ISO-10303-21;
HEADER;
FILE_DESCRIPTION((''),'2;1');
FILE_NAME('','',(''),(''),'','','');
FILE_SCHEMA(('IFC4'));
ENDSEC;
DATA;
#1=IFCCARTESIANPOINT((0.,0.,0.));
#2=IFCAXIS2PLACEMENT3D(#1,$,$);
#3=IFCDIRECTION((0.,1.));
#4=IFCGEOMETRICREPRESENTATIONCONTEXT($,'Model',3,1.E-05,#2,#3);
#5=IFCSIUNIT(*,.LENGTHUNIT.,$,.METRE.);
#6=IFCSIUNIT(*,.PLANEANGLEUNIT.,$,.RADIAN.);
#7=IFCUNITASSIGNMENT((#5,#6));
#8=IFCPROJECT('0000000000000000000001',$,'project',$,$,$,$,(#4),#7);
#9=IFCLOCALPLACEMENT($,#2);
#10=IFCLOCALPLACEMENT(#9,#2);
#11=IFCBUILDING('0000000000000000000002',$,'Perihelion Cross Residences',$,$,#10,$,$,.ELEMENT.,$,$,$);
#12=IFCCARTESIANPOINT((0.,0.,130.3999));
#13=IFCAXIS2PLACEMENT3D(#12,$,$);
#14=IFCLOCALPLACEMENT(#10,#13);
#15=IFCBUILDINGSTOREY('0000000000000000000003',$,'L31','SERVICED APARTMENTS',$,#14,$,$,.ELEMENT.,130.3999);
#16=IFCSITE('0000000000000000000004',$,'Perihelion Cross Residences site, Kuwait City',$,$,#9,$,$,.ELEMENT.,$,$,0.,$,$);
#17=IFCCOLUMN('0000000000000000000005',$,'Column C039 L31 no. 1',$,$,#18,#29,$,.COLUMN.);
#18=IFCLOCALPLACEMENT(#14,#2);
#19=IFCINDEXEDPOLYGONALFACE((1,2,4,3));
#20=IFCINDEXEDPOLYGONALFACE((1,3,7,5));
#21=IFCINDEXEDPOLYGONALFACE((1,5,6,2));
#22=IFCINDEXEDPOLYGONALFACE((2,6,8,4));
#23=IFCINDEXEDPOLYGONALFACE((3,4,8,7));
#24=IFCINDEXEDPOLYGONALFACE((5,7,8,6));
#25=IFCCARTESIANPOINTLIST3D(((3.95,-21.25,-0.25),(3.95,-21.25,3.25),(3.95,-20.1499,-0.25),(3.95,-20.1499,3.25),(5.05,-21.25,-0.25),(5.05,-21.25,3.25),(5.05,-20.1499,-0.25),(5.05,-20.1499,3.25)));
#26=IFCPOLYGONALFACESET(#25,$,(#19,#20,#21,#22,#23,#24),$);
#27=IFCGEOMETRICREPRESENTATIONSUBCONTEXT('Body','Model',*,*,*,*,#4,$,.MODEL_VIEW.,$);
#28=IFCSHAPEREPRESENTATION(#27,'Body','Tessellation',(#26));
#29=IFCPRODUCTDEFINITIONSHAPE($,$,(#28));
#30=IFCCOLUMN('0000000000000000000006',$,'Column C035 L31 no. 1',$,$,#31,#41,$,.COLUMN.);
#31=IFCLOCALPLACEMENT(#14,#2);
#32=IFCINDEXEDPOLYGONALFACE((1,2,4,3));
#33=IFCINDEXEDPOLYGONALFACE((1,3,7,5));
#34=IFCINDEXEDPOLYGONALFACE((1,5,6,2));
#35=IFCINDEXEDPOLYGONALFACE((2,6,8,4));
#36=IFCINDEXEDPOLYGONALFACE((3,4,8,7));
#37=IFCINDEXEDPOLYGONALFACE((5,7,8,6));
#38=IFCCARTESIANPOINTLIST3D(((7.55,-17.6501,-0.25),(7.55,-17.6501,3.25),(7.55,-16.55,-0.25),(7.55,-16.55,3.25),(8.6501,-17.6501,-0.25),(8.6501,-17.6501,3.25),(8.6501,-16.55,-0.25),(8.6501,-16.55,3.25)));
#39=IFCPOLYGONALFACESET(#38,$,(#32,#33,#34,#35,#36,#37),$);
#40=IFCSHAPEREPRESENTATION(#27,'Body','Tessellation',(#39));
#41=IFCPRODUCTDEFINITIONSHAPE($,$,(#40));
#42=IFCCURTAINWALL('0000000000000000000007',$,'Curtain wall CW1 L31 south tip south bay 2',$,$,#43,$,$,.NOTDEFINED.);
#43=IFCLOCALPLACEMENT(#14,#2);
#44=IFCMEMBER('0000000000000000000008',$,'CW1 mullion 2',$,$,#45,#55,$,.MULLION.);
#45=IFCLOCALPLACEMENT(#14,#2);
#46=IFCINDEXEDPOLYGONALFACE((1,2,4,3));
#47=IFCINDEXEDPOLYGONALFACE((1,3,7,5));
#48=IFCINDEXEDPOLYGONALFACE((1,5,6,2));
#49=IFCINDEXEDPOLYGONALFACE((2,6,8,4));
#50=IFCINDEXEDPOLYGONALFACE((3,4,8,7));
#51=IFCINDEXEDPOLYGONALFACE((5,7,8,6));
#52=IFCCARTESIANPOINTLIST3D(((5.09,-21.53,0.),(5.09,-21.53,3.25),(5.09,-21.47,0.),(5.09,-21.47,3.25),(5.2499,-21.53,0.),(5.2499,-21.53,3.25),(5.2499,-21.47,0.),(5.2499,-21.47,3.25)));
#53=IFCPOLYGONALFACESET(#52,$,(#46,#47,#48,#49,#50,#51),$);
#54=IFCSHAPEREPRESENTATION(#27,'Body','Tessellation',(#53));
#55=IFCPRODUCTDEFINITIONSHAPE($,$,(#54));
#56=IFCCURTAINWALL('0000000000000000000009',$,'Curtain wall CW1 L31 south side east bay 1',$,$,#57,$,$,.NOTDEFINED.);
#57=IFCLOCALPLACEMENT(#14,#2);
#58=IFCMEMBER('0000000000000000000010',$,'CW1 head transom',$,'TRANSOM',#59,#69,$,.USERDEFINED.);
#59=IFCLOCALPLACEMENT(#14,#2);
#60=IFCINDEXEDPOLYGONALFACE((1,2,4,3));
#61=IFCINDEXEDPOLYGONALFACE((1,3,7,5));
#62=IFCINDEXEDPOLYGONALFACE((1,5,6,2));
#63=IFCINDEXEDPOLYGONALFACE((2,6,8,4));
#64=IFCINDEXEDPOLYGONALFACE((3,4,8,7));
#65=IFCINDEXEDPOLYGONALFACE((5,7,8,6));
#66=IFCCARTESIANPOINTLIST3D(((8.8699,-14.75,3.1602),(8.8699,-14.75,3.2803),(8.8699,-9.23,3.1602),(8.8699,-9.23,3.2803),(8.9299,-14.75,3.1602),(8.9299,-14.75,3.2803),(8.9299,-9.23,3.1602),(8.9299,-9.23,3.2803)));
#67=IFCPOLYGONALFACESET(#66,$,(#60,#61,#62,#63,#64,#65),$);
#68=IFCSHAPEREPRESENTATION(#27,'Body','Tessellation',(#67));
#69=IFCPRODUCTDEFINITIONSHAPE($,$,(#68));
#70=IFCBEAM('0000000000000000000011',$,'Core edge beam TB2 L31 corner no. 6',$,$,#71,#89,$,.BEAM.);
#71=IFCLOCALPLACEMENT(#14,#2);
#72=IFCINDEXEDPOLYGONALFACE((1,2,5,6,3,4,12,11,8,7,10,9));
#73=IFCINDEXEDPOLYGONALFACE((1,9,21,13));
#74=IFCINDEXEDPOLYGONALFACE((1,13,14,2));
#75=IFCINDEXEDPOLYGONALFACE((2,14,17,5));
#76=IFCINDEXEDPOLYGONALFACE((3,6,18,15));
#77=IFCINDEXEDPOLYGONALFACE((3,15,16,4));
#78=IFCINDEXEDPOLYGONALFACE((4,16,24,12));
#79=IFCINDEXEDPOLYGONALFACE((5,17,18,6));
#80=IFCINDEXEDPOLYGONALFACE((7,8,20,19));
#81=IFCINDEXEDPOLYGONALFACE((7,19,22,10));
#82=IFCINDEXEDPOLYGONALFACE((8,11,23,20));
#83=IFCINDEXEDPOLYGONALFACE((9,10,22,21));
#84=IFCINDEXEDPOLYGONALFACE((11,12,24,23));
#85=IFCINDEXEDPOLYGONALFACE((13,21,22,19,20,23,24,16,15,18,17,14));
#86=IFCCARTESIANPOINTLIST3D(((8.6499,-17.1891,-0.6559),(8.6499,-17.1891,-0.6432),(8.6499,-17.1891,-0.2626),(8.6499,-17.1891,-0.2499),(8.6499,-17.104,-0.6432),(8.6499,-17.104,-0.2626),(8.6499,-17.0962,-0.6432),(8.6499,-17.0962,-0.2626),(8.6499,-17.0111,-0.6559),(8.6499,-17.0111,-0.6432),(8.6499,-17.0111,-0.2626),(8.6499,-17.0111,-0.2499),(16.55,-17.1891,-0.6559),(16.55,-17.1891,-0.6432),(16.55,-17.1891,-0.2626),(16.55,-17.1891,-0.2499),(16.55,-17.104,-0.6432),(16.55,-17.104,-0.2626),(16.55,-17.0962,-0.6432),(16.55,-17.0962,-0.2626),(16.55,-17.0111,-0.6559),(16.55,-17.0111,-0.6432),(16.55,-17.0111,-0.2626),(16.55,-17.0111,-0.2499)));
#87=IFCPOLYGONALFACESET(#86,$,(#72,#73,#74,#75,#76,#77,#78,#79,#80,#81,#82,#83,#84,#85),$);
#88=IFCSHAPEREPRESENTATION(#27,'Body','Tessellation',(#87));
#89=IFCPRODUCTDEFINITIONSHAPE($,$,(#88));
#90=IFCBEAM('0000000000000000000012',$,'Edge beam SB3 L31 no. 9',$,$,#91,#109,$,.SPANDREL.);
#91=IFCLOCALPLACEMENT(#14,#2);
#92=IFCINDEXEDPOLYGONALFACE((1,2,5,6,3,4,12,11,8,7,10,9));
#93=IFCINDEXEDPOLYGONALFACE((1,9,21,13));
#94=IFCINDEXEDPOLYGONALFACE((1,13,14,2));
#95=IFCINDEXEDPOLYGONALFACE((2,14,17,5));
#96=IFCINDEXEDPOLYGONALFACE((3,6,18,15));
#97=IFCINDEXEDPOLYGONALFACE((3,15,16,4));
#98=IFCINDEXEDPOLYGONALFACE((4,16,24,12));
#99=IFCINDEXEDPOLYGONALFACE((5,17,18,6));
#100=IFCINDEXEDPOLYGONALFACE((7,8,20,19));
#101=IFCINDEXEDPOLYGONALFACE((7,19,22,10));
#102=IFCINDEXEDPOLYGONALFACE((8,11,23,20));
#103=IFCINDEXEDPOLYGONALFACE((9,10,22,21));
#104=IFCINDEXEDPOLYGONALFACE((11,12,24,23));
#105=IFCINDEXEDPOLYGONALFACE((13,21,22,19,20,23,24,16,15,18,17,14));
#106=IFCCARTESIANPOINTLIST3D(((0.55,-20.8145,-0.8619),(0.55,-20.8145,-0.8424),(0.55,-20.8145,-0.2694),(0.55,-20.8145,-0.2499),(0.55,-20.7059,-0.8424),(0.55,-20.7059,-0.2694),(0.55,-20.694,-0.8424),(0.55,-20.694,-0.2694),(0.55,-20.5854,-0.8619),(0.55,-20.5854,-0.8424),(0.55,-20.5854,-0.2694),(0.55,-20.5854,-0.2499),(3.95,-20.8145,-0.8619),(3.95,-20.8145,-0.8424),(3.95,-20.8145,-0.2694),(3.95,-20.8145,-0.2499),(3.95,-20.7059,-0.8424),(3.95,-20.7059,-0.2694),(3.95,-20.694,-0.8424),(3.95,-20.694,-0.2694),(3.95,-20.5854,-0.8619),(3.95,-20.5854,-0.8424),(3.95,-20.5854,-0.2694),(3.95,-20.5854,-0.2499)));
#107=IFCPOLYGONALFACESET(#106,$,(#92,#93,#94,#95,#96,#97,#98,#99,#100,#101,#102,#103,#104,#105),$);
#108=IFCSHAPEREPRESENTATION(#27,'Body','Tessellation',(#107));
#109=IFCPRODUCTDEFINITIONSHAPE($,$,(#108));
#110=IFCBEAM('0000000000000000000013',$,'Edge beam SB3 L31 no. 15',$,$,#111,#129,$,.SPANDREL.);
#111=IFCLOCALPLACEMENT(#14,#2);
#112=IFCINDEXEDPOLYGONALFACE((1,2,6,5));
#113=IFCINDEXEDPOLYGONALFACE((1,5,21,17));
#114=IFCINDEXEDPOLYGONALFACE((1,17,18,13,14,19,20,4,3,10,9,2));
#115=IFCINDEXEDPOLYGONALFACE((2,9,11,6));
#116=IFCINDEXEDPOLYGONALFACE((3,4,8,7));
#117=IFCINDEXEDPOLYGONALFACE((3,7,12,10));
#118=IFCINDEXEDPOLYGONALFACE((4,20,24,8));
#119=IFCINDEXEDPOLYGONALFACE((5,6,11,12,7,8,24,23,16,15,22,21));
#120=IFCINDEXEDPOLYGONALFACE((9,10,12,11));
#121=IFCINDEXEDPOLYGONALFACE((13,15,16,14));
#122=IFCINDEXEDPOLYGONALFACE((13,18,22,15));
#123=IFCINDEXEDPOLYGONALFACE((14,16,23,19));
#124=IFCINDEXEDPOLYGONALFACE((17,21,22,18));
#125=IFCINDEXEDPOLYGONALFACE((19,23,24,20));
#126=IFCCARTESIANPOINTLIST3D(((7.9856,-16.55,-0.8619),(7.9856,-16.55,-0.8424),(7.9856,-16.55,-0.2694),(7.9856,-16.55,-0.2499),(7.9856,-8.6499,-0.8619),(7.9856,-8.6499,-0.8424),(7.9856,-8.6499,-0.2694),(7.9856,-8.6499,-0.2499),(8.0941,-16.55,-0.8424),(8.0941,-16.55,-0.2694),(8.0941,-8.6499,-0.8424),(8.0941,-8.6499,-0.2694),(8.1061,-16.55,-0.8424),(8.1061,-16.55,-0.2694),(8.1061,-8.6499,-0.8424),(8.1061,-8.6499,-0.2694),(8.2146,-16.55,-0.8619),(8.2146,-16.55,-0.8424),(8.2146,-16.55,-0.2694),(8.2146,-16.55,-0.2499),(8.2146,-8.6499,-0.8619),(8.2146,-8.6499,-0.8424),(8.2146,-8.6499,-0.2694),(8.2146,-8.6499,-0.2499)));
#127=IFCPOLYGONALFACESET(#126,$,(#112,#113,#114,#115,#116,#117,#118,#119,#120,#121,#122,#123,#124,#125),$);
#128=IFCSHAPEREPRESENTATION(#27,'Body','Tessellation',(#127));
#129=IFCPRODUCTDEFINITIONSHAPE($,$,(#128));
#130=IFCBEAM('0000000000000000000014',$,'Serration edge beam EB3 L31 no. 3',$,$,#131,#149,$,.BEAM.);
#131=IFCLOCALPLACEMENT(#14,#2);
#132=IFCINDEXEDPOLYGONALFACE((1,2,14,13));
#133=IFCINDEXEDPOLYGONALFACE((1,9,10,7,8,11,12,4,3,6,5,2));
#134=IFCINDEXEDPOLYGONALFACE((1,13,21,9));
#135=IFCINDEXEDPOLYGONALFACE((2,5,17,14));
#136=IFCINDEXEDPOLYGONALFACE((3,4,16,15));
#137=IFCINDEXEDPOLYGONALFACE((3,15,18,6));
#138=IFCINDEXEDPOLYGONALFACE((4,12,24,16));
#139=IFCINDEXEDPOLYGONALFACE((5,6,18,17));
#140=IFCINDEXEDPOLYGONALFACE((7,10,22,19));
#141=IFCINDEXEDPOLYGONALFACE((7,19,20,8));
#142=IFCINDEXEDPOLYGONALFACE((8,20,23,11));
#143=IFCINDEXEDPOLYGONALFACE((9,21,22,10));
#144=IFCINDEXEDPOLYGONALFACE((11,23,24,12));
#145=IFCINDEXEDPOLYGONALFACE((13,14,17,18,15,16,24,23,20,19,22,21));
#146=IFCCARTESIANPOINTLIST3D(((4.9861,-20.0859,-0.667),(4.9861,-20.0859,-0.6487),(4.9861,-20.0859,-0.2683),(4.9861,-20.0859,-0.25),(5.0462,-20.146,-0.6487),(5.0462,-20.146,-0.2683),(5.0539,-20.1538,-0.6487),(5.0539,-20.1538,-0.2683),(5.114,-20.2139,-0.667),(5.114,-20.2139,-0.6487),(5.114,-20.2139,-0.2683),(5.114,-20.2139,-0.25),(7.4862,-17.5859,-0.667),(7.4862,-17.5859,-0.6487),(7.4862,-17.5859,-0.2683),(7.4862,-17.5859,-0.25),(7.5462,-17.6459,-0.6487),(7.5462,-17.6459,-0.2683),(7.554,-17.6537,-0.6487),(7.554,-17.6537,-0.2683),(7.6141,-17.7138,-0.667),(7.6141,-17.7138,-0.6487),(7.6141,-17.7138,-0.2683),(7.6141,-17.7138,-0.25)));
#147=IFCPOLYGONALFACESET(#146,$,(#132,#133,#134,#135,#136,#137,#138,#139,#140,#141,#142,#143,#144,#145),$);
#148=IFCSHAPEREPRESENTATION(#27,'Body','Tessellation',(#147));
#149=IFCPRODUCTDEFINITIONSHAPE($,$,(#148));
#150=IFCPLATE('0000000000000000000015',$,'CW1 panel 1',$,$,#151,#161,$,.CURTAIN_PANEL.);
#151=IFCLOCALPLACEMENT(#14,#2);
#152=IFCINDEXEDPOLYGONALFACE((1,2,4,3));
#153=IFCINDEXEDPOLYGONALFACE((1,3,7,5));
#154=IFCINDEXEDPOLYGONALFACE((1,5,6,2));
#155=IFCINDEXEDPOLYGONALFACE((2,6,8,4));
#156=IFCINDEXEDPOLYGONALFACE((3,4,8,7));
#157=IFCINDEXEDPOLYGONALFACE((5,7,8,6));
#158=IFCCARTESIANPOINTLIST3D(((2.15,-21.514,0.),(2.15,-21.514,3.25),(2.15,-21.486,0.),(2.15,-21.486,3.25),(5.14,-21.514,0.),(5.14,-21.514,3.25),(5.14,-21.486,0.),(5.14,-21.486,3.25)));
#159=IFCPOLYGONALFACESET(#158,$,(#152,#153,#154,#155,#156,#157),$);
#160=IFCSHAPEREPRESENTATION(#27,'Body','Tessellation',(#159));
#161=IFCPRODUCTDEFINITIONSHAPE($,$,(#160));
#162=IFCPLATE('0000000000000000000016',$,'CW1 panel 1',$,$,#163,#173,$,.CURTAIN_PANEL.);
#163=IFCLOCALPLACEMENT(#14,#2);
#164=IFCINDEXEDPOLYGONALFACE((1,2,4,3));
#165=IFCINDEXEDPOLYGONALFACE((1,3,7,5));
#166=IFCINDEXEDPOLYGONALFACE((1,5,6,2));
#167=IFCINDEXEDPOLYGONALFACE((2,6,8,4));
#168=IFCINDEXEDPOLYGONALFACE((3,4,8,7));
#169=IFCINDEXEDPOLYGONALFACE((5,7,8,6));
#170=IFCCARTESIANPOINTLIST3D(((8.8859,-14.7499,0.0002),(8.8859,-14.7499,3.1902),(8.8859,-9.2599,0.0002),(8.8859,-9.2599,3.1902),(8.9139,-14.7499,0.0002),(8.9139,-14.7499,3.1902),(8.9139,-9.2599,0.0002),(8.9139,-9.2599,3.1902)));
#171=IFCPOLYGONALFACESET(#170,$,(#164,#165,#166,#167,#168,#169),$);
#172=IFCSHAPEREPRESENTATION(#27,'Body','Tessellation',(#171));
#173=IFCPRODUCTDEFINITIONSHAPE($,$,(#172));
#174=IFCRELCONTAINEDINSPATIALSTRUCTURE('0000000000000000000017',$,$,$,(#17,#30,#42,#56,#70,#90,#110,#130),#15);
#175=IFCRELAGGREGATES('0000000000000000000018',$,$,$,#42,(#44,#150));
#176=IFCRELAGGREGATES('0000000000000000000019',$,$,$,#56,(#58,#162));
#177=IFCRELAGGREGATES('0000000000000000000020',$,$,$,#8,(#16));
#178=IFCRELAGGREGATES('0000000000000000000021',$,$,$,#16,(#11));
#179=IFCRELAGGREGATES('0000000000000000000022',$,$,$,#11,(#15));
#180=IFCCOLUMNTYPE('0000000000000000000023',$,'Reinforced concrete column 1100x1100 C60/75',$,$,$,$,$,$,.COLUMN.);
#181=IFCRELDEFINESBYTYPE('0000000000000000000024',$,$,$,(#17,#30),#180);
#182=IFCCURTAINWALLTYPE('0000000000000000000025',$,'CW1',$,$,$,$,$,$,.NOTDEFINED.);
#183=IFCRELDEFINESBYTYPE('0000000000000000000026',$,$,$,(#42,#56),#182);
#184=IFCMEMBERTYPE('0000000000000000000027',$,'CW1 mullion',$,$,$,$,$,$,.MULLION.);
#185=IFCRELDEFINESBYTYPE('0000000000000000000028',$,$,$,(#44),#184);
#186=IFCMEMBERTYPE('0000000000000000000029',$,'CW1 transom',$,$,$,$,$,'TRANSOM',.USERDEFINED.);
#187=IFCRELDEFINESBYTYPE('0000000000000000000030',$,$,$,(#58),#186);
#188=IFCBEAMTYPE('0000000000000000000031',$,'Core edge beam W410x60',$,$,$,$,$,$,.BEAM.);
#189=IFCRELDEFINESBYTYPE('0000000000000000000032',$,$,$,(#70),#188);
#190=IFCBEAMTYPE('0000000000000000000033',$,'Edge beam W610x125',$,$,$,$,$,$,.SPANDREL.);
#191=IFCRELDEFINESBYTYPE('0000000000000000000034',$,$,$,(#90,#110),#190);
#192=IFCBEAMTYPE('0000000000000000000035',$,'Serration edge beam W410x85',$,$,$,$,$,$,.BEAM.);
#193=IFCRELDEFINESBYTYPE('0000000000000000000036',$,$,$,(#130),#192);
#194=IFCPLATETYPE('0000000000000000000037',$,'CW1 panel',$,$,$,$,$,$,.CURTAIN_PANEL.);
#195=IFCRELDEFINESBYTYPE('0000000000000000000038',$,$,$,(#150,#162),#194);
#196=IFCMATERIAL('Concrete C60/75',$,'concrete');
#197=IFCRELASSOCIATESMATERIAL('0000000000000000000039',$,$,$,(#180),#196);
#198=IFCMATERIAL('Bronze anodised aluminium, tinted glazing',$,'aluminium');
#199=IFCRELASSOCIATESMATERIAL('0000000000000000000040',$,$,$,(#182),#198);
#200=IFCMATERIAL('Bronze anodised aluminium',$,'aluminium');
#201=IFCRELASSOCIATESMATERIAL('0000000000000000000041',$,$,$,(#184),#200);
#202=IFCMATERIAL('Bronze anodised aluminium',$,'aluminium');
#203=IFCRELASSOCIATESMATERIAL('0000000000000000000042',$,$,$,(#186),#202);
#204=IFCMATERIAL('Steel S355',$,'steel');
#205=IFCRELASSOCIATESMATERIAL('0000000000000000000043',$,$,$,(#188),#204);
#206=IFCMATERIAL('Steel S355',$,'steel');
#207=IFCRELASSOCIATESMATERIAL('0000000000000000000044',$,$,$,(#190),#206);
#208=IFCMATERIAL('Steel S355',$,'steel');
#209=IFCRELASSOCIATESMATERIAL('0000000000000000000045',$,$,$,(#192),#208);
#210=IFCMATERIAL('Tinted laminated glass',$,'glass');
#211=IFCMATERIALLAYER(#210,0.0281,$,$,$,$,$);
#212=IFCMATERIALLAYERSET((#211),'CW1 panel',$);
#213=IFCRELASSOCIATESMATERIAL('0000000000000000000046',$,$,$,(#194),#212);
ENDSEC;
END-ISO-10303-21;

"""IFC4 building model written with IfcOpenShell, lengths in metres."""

from ifc_helpers import new_model, si_unit, direction, frame, origin, origin_2d, place, context, subcontext, project, spatial, rectangle, i_section, extrude, material, layer, layer_set, material_profile, profile_set, type_object, element, aggregate, save


model = new_model("IFC4")

# Units and contexts
model_context = context("Model", 3, precision=1e-05, world=origin(), true_north=direction((0.0, 1.0)))
body_context = subcontext(model_context, "Body", "Model", "MODEL_VIEW")
ifc_project = project(units=[si_unit("LENGTHUNIT", "METRE"), si_unit("PLANEANGLEUNIT", "RADIAN")], contexts=[model_context])

# Site, building, storey
site_placement = place(None, origin())
site = spatial("IfcSite", under=ifc_project, at=site_placement, Name="Perihelion Cross Residences site, Kuwait City", CompositionType="ELEMENT", RefElevation=0.0)
building_placement = place(site_placement, origin())
building = spatial("IfcBuilding", under=site, at=building_placement, Name="Perihelion Cross Residences", CompositionType="ELEMENT")
storey_placement = place(building_placement, frame((0.0, 0.0, 130.3999)))
storey = spatial("IfcBuildingStorey", under=building, at=storey_placement, Name="L31", Description="SERVICED APARTMENTS", CompositionType="ELEMENT", Elevation=130.3999)

# Columns
ifc_material_1 = material(Name="Concrete C60/75", Category="concrete")
ifc_material_profile_1 = material_profile(ifc_material_1, rectangle(XDim=1.1001, YDim=1.1001, at=origin_2d()), Name="RC 1100x1100")
ifc_profile_set_1 = profile_set([ifc_material_profile_1], Name="Concrete C60/75")
column_type = type_object("IfcColumnType", Name="Reinforced concrete column 1100x1100 C60/75", PredefinedType="COLUMN", material=ifc_profile_set_1)
for number, where, z_axis, x_axis, name in (
    (1, (4.5, -20.7, -0.25), (0.0, 0.0, 1.0), (1.0, 0.0, 0.0), "Column C039 L31 no. 1"),
    (2, (8.1001, -17.1001, -0.25), (0.0, 0.0, 1.0), (1.0, 0.0, 0.0), "Column C035 L31 no. 1"),
):
    element("IfcColumn", number, at=place(storey_placement, frame(where, z_axis=z_axis, x_axis=x_axis)), inside=storey, type_object=column_type, Name=name, PredefinedType="COLUMN", context=body_context, shape_type="SweptSolid", body=[
        extrude(rectangle(XDim=1.1001, YDim=1.1001, at=origin_2d()), origin(), (0.0, 0.0, 1.0), 3.5),
    ])

# Curtain walls, members
ifc_material_2 = material(Name="Bronze anodised aluminium, tinted glazing", Category="aluminium")
curtain_wall_type = type_object("IfcCurtainWallType", Name="CW1", PredefinedType="NOTDEFINED", material=ifc_material_2)
curtain_wall_1_placement = place(storey_placement, origin())
curtain_wall_1 = element("IfcCurtainWall", 3, at=curtain_wall_1_placement, inside=storey, type_object=curtain_wall_type, Name="Curtain wall CW1 L31 south tip south bay 2", PredefinedType="NOTDEFINED")
ifc_material_3 = material(Name="Bronze anodised aluminium", Category="aluminium")
ifc_material_profile_2 = material_profile(ifc_material_3, rectangle(XDim=0.0601, YDim=0.1599, at=origin_2d()), Name="CW1 mullion")
ifc_profile_set_2 = profile_set([ifc_material_profile_2], Name="Bronze anodised aluminium")
member_type_1 = type_object("IfcMemberType", Name="CW1 mullion", PredefinedType="MULLION", material=ifc_profile_set_2)
member_1_placement = place(storey_placement, frame((5.1699, -21.5, 0.0), z_axis=(0.0, 0.0, 1.0), x_axis=(0.0, 1.0, 0.0)))
member_1 = element("IfcMember", 4, at=member_1_placement, type_object=member_type_1, Name="CW1 mullion 2", PredefinedType="MULLION", context=body_context, shape_type="SweptSolid", body=[
    extrude(rectangle(XDim=0.0601, YDim=0.1599, at=origin_2d()), origin(), (0.0, 0.0, 1.0), 3.25),
])
curtain_wall_2_placement = place(storey_placement, origin())
curtain_wall_2 = element("IfcCurtainWall", 5, at=curtain_wall_2_placement, inside=storey, type_object=curtain_wall_type, Name="Curtain wall CW1 L31 south side east bay 1", PredefinedType="NOTDEFINED")
ifc_material_4 = material(Name="Bronze anodised aluminium", Category="aluminium")
ifc_material_profile_3 = material_profile(ifc_material_4, rectangle(XDim=0.0601, YDim=0.1201, at=origin_2d()), Name="CW1 transom")
ifc_profile_set_3 = profile_set([ifc_material_profile_3], Name="Bronze anodised aluminium")
member_type_2 = type_object("IfcMemberType", Name="CW1 transom", ElementType="TRANSOM", PredefinedType="USERDEFINED", material=ifc_profile_set_3)
member_2_placement = place(storey_placement, frame((8.8999, -14.75, 3.2202), z_axis=(0.0, 1.0, 0.0), x_axis=(-1.0, 0.0, 0.0)))
member_2 = element("IfcMember", 6, at=member_2_placement, type_object=member_type_2, Name="CW1 head transom", ObjectType="TRANSOM", PredefinedType="USERDEFINED", context=body_context, shape_type="SweptSolid", body=[
    extrude(rectangle(XDim=0.0601, YDim=0.1201, at=origin_2d()), origin(), (0.0, 0.0, 1.0), 5.52),
])

# Beams
ifc_material_5 = material(Name="Steel S355", Category="steel")
ifc_material_profile_4 = material_profile(ifc_material_5, i_section(OverallWidth=0.178, OverallDepth=0.406, WebThickness=0.0078, FlangeThickness=0.0127, at=origin_2d()), Name="W410x60")
ifc_profile_set_4 = profile_set([ifc_material_profile_4], Name="Steel S355")
beam_type_1 = type_object("IfcBeamType", Name="Core edge beam W410x60", PredefinedType="BEAM", material=ifc_profile_set_4)
beam_1_placement = place(storey_placement, frame((8.6499, -17.1001, -0.4529), z_axis=(1.0, 0.0, 0.0), x_axis=(0.0, 1.0, 0.0)))
element("IfcBeam", 7, at=beam_1_placement, inside=storey, type_object=beam_type_1, Name="Core edge beam TB2 L31 corner no. 6", PredefinedType="BEAM", context=body_context, shape_type="SweptSolid", body=[
    extrude(i_section(OverallWidth=0.178, OverallDepth=0.406, WebThickness=0.0078, FlangeThickness=0.0127, at=origin_2d()), origin(), (0.0, 0.0, 1.0), 7.9001),
])
ifc_material_6 = material(Name="Steel S355", Category="steel")
ifc_material_profile_5 = material_profile(ifc_material_6, i_section(OverallWidth=0.229, OverallDepth=0.6121, WebThickness=0.012, FlangeThickness=0.0195, at=origin_2d()), Name="W610x125")
ifc_profile_set_5 = profile_set([ifc_material_profile_5], Name="Steel S355")
beam_type_2 = type_object("IfcBeamType", Name="Edge beam W610x125", PredefinedType="SPANDREL", material=ifc_profile_set_5)
beam_2_placement = place(storey_placement, frame((0.55, -20.7, -0.5559), z_axis=(1.0, 0.0, 0.0), x_axis=(0.0, 1.0, 0.0)))
element("IfcBeam", 8, at=beam_2_placement, inside=storey, type_object=beam_type_2, Name="Edge beam SB3 L31 no. 9", PredefinedType="SPANDREL", context=body_context, shape_type="SweptSolid", body=[
    extrude(i_section(OverallWidth=0.229, OverallDepth=0.6121, WebThickness=0.012, FlangeThickness=0.0195, at=origin_2d()), origin(), (0.0, 0.0, 1.0), 3.3999),
])
beam_3_placement = place(storey_placement, frame((8.1001, -16.55, -0.5559), z_axis=(0.0, 1.0, 0.0), x_axis=(-1.0, 0.0, 0.0)))
element("IfcBeam", 9, at=beam_3_placement, inside=storey, type_object=beam_type_2, Name="Edge beam SB3 L31 no. 15", PredefinedType="SPANDREL", context=body_context, shape_type="SweptSolid", body=[
    extrude(i_section(OverallWidth=0.229, OverallDepth=0.6121, WebThickness=0.012, FlangeThickness=0.0195, at=origin_2d()), origin(), (0.0, 0.0, 1.0), 7.9001),
])
ifc_material_7 = material(Name="Steel S355", Category="steel")
ifc_material_profile_6 = material_profile(ifc_material_7, i_section(OverallWidth=0.1809, OverallDepth=0.417, WebThickness=0.011, FlangeThickness=0.0183, at=origin_2d()), Name="W410x85")
ifc_profile_set_6 = profile_set([ifc_material_profile_6], Name="Steel S355")
beam_type_3 = type_object("IfcBeamType", Name="Serration edge beam W410x85", PredefinedType="BEAM", material=ifc_profile_set_6)
beam_4_placement = place(storey_placement, frame((5.05, -20.1499, -0.4585), z_axis=(0.707107, 0.707107, 0.0), x_axis=(-0.707107, 0.707107, 0.0)))
element("IfcBeam", 10, at=beam_4_placement, inside=storey, type_object=beam_type_3, Name="Serration edge beam EB3 L31 no. 3", PredefinedType="BEAM", context=body_context, shape_type="SweptSolid", body=[
    extrude(i_section(OverallWidth=0.1809, OverallDepth=0.417, WebThickness=0.011, FlangeThickness=0.0183, at=origin_2d()), origin(), (0.0, 0.0, 1.0), 3.5356),
])

# Plates
ifc_material_8 = material(Name="Tinted laminated glass", Category="glass")
ifc_layer_1 = layer(ifc_material_8, 0.0281)
ifc_layer_set_1 = layer_set([ifc_layer_1], Name="CW1 panel")
plate_type = type_object("IfcPlateType", Name="CW1 panel", PredefinedType="CURTAIN_PANEL", material=ifc_layer_set_1)
plate_1_placement = place(storey_placement, frame((3.645, -21.5, 0.0), z_axis=(0.0, 0.0, 1.0), x_axis=(1.0, 0.0, 0.0)))
plate_1 = element("IfcPlate", 11, at=plate_1_placement, type_object=plate_type, Name="CW1 panel 1", PredefinedType="CURTAIN_PANEL", context=body_context, shape_type="SweptSolid", body=[
    extrude(rectangle(XDim=2.99, YDim=0.0281, at=origin_2d()), origin(), (0.0, 0.0, 1.0), 3.25),
])
aggregate(curtain_wall_1, [member_1, plate_1])
plate_2_placement = place(storey_placement, frame((8.8999, -12.0049, 0.0002), z_axis=(0.0, 0.0, 1.0), x_axis=(0.0, 1.0, 0.0)))
plate_2 = element("IfcPlate", 12, at=plate_2_placement, type_object=plate_type, Name="CW1 panel 1", PredefinedType="CURTAIN_PANEL", context=body_context, shape_type="SweptSolid", body=[
    extrude(rectangle(XDim=5.49, YDim=0.0281, at=origin_2d()), origin(), (0.0, 0.0, 1.0), 3.1899),
])
aggregate(curtain_wall_2, [member_2, plate_2])

save(model, "model.ifc")
